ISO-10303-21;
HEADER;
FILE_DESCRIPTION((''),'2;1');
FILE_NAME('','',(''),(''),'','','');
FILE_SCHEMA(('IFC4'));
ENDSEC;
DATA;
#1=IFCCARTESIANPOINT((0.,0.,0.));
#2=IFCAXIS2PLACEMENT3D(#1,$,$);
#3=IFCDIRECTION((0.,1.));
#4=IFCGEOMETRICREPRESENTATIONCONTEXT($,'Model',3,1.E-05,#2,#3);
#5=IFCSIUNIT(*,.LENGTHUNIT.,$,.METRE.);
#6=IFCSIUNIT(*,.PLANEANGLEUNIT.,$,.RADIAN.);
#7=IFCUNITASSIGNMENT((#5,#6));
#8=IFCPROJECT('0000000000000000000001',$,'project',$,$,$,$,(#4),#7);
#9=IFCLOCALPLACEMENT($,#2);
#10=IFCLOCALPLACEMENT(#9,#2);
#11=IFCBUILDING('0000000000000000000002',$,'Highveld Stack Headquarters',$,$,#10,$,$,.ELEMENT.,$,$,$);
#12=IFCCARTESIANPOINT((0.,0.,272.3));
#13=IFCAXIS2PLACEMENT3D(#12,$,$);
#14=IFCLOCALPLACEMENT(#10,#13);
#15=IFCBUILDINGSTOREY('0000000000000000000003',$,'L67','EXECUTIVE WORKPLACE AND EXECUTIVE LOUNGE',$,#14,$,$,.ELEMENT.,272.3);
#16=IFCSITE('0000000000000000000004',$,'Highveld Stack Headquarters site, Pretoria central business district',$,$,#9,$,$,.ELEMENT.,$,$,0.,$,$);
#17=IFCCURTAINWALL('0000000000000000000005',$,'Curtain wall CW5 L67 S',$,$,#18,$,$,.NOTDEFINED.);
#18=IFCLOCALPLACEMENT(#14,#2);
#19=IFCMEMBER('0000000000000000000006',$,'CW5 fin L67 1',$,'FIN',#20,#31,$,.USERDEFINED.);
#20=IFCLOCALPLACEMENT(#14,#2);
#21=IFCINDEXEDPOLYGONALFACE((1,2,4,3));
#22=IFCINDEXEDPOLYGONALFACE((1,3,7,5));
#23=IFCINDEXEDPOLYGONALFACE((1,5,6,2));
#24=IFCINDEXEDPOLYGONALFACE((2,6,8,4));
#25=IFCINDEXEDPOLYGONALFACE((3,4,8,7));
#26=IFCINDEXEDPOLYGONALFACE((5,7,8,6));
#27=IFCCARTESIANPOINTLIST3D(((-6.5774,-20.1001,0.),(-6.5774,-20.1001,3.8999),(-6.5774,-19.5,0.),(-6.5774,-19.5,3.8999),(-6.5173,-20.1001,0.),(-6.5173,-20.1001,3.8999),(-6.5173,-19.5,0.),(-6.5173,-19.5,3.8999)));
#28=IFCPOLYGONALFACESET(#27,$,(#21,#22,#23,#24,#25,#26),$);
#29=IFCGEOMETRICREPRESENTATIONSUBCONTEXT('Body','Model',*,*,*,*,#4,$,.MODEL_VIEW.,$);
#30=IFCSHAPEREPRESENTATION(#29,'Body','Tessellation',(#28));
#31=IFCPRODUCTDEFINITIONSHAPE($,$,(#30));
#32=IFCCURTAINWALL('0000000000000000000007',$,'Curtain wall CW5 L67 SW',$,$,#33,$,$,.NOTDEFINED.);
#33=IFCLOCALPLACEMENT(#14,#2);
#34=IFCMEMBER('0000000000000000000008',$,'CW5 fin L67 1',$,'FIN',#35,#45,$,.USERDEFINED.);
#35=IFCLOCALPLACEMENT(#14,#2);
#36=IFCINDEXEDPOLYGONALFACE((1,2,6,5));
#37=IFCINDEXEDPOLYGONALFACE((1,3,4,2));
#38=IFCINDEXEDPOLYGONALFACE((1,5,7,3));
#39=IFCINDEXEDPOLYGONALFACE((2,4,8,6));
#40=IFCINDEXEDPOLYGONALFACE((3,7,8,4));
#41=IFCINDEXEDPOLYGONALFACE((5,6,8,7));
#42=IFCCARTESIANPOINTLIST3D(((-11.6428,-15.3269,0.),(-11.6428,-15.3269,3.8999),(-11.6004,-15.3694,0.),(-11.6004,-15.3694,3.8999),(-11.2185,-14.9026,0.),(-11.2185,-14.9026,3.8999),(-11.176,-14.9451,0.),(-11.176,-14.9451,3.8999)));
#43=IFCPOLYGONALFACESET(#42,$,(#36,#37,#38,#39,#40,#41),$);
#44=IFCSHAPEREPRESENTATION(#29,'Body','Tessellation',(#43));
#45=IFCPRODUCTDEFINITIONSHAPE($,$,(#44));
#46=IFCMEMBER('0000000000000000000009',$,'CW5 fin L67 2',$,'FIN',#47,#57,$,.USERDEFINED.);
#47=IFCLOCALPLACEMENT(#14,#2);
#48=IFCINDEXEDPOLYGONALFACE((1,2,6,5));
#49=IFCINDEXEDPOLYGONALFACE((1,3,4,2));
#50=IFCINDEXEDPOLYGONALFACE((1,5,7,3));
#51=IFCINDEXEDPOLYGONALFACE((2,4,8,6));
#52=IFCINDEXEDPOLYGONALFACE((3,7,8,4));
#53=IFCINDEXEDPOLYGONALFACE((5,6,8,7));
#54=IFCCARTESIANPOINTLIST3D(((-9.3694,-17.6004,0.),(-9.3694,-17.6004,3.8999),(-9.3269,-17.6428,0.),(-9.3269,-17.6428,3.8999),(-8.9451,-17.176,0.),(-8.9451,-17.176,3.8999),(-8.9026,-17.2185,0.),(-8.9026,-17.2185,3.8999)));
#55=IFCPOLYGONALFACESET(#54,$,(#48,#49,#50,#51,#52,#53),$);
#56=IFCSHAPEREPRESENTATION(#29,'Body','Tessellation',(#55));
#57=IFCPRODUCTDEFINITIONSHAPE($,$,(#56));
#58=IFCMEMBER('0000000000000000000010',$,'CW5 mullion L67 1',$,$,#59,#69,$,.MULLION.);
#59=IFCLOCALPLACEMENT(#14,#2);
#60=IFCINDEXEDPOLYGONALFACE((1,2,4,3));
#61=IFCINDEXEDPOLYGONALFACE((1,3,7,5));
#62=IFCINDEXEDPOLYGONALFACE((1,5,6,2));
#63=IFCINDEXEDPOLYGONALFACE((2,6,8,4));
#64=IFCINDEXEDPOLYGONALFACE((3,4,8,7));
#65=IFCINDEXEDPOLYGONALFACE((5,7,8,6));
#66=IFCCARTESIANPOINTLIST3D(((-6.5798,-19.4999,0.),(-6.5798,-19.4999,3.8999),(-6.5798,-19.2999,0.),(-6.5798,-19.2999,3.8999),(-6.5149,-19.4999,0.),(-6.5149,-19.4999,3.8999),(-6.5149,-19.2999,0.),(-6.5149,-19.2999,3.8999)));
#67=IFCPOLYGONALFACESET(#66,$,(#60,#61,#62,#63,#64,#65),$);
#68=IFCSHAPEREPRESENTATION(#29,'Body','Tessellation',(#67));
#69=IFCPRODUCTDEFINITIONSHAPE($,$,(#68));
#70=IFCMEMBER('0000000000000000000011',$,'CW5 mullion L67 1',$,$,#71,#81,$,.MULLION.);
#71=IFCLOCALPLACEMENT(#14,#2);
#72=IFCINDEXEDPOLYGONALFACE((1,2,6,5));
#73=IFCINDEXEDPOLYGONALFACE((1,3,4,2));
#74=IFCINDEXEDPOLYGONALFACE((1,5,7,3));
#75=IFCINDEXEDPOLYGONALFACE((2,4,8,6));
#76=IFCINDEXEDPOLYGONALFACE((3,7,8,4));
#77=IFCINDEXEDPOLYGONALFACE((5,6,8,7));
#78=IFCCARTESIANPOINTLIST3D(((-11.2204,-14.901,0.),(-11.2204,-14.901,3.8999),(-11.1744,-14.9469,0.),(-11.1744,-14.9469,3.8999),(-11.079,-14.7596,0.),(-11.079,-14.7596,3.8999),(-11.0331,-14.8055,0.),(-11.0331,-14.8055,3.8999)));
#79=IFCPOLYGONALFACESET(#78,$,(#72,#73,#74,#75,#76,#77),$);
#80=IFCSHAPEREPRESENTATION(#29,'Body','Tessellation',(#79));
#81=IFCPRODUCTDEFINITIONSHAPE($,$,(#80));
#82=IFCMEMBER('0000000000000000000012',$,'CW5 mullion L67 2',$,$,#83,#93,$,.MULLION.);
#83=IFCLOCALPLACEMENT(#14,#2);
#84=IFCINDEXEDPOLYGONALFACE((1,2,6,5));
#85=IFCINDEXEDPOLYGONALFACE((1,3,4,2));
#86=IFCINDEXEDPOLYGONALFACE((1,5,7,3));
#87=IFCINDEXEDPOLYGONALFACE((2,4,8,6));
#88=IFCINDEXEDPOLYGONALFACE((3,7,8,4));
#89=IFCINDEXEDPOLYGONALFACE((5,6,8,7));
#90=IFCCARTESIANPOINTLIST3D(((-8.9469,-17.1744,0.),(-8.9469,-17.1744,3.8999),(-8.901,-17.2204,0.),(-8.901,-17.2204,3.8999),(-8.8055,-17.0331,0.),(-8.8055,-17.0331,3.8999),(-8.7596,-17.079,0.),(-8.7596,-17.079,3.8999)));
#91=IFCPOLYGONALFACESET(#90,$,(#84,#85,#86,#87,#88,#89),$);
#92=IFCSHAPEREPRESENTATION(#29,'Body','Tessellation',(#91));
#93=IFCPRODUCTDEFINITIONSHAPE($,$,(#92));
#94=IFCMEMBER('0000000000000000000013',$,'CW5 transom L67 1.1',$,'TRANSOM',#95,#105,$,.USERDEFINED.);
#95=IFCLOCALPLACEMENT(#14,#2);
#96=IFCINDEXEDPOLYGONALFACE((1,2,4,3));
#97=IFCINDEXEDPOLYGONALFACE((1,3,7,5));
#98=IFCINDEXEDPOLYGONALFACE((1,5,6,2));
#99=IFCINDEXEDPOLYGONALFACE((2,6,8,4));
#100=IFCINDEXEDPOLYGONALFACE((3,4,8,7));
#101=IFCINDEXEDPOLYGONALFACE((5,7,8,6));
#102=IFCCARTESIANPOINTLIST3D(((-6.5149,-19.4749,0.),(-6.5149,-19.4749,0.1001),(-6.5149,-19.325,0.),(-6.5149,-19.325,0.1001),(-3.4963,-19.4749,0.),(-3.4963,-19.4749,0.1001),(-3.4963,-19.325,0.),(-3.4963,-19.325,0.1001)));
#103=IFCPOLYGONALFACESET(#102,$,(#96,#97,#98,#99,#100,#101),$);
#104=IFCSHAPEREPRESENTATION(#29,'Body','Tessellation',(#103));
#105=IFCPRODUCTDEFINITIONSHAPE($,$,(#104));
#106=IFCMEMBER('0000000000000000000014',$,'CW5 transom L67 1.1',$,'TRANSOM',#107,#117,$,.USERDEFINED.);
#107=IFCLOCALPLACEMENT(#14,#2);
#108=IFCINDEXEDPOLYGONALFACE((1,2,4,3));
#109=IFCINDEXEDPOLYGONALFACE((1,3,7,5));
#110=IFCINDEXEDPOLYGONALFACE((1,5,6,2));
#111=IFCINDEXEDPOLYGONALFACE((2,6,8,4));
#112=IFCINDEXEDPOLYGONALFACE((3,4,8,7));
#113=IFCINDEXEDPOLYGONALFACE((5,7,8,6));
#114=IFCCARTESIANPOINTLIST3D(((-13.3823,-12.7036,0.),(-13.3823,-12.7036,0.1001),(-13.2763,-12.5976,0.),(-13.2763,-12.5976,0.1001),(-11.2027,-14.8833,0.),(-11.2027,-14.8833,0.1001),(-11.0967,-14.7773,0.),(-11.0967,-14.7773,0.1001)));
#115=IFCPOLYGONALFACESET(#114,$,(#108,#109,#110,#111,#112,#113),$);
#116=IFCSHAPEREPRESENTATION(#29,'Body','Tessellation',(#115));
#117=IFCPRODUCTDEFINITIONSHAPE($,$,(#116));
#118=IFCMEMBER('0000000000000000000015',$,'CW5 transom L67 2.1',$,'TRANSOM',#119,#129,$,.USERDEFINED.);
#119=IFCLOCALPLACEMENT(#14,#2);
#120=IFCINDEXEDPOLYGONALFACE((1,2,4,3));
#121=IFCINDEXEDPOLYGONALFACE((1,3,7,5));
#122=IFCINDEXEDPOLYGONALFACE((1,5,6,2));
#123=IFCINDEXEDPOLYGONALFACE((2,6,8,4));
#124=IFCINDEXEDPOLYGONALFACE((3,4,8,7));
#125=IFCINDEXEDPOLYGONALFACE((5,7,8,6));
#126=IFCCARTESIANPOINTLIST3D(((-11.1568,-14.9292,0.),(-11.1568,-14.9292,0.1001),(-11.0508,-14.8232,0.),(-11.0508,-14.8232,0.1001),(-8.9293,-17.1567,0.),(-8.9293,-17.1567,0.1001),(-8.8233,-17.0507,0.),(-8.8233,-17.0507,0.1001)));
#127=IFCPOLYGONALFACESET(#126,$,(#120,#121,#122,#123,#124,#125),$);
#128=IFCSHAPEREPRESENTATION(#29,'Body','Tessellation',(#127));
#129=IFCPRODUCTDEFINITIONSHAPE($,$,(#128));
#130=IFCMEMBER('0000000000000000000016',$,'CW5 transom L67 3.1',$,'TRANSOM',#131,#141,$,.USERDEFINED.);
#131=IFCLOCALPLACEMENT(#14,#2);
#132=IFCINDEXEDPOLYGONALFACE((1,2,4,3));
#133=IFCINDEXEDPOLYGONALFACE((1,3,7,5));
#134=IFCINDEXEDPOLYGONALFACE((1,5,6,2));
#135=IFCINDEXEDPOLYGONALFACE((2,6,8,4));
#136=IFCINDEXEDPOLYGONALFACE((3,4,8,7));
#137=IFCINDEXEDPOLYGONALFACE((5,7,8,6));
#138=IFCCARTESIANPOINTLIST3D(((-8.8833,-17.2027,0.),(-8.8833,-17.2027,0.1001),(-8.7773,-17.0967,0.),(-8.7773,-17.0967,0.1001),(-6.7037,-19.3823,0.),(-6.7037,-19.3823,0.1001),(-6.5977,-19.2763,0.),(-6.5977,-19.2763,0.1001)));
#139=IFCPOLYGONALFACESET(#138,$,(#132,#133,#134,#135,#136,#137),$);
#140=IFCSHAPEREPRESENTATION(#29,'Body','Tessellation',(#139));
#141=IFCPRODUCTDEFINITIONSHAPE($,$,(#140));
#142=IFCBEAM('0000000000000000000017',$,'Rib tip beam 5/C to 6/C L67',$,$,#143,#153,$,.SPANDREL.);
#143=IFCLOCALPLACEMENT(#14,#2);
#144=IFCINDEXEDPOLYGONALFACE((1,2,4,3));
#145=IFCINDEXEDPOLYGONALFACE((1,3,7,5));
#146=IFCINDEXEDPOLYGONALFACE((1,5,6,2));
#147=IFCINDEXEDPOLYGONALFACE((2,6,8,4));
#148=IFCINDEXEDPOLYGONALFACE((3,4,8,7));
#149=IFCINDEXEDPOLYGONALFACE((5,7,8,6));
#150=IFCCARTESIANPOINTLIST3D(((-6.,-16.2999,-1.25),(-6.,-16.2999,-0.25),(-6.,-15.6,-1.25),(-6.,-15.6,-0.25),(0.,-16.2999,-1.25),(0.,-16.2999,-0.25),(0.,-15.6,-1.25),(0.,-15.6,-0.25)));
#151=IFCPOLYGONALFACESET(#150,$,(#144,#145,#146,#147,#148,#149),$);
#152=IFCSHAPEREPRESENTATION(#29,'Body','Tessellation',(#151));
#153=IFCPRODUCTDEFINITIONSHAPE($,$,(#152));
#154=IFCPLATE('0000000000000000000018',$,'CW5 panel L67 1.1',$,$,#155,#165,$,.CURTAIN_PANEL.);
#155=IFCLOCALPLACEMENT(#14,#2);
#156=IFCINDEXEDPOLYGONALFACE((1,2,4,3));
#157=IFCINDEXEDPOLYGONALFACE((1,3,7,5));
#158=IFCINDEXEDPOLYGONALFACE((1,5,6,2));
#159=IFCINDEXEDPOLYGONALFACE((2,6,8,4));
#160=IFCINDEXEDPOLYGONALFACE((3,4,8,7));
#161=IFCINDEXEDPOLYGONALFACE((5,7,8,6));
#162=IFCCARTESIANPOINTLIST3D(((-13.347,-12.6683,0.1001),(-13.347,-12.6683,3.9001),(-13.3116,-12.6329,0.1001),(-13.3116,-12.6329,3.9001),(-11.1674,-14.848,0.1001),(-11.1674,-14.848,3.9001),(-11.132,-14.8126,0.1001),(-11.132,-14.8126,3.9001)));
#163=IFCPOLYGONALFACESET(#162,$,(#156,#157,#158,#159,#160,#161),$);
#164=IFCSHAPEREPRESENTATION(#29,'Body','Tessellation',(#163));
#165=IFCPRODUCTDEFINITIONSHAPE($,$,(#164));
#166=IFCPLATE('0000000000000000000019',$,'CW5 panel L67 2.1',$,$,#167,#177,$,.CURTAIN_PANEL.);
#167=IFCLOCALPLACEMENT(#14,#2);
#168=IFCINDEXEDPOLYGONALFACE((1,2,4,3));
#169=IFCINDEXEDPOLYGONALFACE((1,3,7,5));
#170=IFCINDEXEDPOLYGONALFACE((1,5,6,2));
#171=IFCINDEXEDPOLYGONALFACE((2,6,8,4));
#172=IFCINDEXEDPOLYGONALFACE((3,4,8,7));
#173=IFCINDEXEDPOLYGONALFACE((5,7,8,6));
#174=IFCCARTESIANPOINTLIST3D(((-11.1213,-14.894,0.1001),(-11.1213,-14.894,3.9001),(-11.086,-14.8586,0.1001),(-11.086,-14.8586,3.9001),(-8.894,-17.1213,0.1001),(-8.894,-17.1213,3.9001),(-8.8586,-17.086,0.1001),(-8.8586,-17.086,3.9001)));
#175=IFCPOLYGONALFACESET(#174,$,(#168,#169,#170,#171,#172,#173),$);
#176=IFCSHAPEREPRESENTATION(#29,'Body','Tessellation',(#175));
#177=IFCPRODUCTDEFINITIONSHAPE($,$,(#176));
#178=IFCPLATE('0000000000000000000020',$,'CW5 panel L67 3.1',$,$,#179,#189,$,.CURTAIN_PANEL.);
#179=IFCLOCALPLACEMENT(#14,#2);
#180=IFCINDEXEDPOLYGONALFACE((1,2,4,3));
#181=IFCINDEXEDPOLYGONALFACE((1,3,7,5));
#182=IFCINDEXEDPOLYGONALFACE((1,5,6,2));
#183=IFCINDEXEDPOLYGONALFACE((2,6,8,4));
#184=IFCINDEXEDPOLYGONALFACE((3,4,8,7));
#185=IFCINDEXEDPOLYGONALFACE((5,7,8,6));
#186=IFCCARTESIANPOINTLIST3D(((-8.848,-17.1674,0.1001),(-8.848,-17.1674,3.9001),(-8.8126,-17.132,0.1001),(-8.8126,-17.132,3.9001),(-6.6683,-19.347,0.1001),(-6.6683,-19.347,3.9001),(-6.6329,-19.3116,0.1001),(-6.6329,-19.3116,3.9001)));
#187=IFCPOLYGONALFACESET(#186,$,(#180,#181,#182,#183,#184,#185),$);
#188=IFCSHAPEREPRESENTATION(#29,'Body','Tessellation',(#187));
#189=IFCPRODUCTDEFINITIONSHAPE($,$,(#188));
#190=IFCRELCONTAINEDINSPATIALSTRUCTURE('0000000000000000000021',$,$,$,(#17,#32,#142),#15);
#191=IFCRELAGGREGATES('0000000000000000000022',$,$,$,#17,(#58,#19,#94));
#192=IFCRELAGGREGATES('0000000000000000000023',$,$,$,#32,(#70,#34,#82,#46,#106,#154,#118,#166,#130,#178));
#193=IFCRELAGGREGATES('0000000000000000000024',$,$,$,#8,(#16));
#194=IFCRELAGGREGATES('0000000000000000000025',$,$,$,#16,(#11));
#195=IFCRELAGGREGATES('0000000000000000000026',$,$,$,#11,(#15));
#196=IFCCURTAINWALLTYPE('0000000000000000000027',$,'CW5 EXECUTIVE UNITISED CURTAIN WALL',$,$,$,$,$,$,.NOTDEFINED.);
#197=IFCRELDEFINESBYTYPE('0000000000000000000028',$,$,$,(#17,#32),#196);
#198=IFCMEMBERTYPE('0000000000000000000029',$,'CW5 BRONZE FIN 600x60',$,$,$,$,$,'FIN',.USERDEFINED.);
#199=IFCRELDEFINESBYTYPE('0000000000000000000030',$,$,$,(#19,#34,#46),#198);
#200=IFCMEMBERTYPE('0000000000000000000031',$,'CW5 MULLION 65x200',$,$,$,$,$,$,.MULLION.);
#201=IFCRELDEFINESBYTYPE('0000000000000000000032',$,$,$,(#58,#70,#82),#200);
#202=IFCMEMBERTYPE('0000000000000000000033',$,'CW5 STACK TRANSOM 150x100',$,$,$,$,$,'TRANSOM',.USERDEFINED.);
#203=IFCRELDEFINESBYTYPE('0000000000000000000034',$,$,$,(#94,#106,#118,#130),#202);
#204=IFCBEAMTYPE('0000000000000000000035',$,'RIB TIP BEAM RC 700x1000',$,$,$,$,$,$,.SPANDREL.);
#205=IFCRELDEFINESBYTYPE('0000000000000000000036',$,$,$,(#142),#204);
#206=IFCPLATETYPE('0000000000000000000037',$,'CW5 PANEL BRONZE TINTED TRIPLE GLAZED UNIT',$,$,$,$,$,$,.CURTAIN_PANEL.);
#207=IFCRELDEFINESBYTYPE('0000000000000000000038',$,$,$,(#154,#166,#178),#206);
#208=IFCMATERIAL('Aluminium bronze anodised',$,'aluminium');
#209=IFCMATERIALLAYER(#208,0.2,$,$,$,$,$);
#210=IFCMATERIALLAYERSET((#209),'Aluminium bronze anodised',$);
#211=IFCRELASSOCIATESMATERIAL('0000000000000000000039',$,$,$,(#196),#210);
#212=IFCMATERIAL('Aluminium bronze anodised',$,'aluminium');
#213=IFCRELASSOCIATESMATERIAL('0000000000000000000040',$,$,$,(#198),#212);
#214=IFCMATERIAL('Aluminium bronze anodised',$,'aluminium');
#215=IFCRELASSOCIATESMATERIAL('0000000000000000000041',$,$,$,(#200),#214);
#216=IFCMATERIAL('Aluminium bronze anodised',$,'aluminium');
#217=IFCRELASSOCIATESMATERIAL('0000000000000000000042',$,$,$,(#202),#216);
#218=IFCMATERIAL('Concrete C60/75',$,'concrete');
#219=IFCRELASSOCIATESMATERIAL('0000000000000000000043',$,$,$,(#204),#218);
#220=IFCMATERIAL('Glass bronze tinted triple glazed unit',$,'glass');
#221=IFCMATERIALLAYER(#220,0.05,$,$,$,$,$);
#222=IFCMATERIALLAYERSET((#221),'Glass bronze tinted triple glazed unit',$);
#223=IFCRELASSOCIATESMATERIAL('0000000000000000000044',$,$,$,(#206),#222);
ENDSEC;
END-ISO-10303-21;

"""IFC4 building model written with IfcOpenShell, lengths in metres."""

from ifc_helpers import new_model, si_unit, direction, frame, origin, origin_2d, place, context, subcontext, project, spatial, rectangle, extrude, material, layer, layer_set, material_profile, profile_set, type_object, element, aggregate, save


model = new_model("IFC4")

# Units and contexts
model_context = context("Model", 3, precision=1e-05, world=origin(), true_north=direction((0.0, 1.0)))
body_context = subcontext(model_context, "Body", "Model", "MODEL_VIEW")
ifc_project = project(units=[si_unit("LENGTHUNIT", "METRE"), si_unit("PLANEANGLEUNIT", "RADIAN")], contexts=[model_context])

# Site, building, storey
site_placement = place(None, origin())
site = spatial("IfcSite", under=ifc_project, at=site_placement, Name="Highveld Stack Headquarters site, Pretoria central business district", CompositionType="ELEMENT", RefElevation=0.0)
building_placement = place(site_placement, origin())
building = spatial("IfcBuilding", under=site, at=building_placement, Name="Highveld Stack Headquarters", CompositionType="ELEMENT")
storey_placement = place(building_placement, frame((0.0, 0.0, 272.3)))
storey = spatial("IfcBuildingStorey", under=building, at=storey_placement, Name="L67", Description="EXECUTIVE WORKPLACE AND EXECUTIVE LOUNGE", CompositionType="ELEMENT", Elevation=272.3)

# Curtain wall, member
ifc_material_1 = material(Name="Aluminium bronze anodised", Category="aluminium")
ifc_layer_1 = layer(ifc_material_1, 0.2)
ifc_layer_set_1 = layer_set([ifc_layer_1], Name="Aluminium bronze anodised")
curtain_wall_type = type_object("IfcCurtainWallType", Name="CW5 EXECUTIVE UNITISED CURTAIN WALL", PredefinedType="NOTDEFINED", material=ifc_layer_set_1)
curtain_wall_1_placement = place(storey_placement, origin())
curtain_wall_1 = element("IfcCurtainWall", 1, at=curtain_wall_1_placement, inside=storey, type_object=curtain_wall_type, Name="Curtain wall CW5 L67 S", PredefinedType="NOTDEFINED")
ifc_material_2 = material(Name="Aluminium bronze anodised", Category="aluminium")
ifc_material_profile_1 = material_profile(ifc_material_2, rectangle(XDim=0.6001, YDim=0.0601, at=origin_2d()), Name="FIN 600x60")
ifc_profile_set_1 = profile_set([ifc_material_profile_1], Name="Aluminium bronze anodised")
member_type_1 = type_object("IfcMemberType", Name="CW5 BRONZE FIN 600x60", ElementType="FIN", PredefinedType="USERDEFINED", material=ifc_profile_set_1)
member_1_placement = place(storey_placement, frame((-6.5474, -19.8, 0.0), z_axis=(0.0, 0.0, 1.0), x_axis=(0.0, 1.0, 0.0)))
member_1 = element("IfcMember", 2, at=member_1_placement, type_object=member_type_1, Name="CW5 fin L67 1", ObjectType="FIN", PredefinedType="USERDEFINED", context=body_context, shape_type="SweptSolid", body=[
    extrude(rectangle(XDim=0.6001, YDim=0.0601, at=origin_2d()), origin(), (0.0, 0.0, 1.0), 3.8999),
])

# Curtain wall, members
curtain_wall_2_placement = place(storey_placement, origin())
curtain_wall_2 = element("IfcCurtainWall", 3, at=curtain_wall_2_placement, inside=storey, type_object=curtain_wall_type, Name="Curtain wall CW5 L67 SW", PredefinedType="NOTDEFINED")
member_2_placement = place(storey_placement, frame((-11.4094, -15.136, 0.0), z_axis=(0.0, 0.0, 1.0), x_axis=(0.707107, 0.707107, 0.0)))
member_2 = element("IfcMember", 4, at=member_2_placement, type_object=member_type_1, Name="CW5 fin L67 1", ObjectType="FIN", PredefinedType="USERDEFINED", context=body_context, shape_type="SweptSolid", body=[
    extrude(rectangle(XDim=0.6001, YDim=0.0601, at=origin_2d()), origin(), (0.0, 0.0, 1.0), 3.8999),
])
member_3_placement = place(storey_placement, frame((-9.136, -17.4094, 0.0), z_axis=(0.0, 0.0, 1.0), x_axis=(0.707107, 0.707107, 0.0)))
member_3 = element("IfcMember", 5, at=member_3_placement, type_object=member_type_1, Name="CW5 fin L67 2", ObjectType="FIN", PredefinedType="USERDEFINED", context=body_context, shape_type="SweptSolid", body=[
    extrude(rectangle(XDim=0.6001, YDim=0.0601, at=origin_2d()), origin(), (0.0, 0.0, 1.0), 3.8999),
])

# Members
ifc_material_3 = material(Name="Aluminium bronze anodised", Category="aluminium")
ifc_material_profile_2 = material_profile(ifc_material_3, rectangle(XDim=0.2, YDim=0.0649, at=origin_2d()), Name="CW5 MULLION 65x200")
ifc_profile_set_2 = profile_set([ifc_material_profile_2], Name="Aluminium bronze anodised")
member_type_2 = type_object("IfcMemberType", Name="CW5 MULLION 65x200", PredefinedType="MULLION", material=ifc_profile_set_2)
member_4_placement = place(storey_placement, frame((-6.5474, -19.3999, 0.0), z_axis=(0.0, 0.0, 1.0), x_axis=(0.0, 1.0, 0.0)))
member_4 = element("IfcMember", 6, at=member_4_placement, type_object=member_type_2, Name="CW5 mullion L67 1", PredefinedType="MULLION", context=body_context, shape_type="SweptSolid", body=[
    extrude(rectangle(XDim=0.2, YDim=0.0649, at=origin_2d()), origin(), (0.0, 0.0, 1.0), 3.8999),
])
member_5_placement = place(storey_placement, frame((-11.1267, -14.8533, 0.0), z_axis=(0.0, 0.0, 1.0), x_axis=(0.707107, 0.707107, 0.0)))
member_5 = element("IfcMember", 7, at=member_5_placement, type_object=member_type_2, Name="CW5 mullion L67 1", PredefinedType="MULLION", context=body_context, shape_type="SweptSolid", body=[
    extrude(rectangle(XDim=0.2, YDim=0.0649, at=origin_2d()), origin(), (0.0, 0.0, 1.0), 3.8999),
])
member_6_placement = place(storey_placement, frame((-8.8533, -17.1267, 0.0), z_axis=(0.0, 0.0, 1.0), x_axis=(0.707107, 0.707107, 0.0)))
member_6 = element("IfcMember", 8, at=member_6_placement, type_object=member_type_2, Name="CW5 mullion L67 2", PredefinedType="MULLION", context=body_context, shape_type="SweptSolid", body=[
    extrude(rectangle(XDim=0.2, YDim=0.0649, at=origin_2d()), origin(), (0.0, 0.0, 1.0), 3.8999),
])
ifc_material_4 = material(Name="Aluminium bronze anodised", Category="aluminium")
ifc_material_profile_3 = material_profile(ifc_material_4, rectangle(XDim=0.1499, YDim=0.1001, at=origin_2d()), Name="CW5 TRANSOM 150x100")
ifc_profile_set_3 = profile_set([ifc_material_profile_3], Name="Aluminium bronze anodised")
member_type_3 = type_object("IfcMemberType", Name="CW5 STACK TRANSOM 150x100", ElementType="TRANSOM", PredefinedType="USERDEFINED", material=ifc_profile_set_3)
member_7_placement = place(storey_placement, frame((-6.5149, -19.3999, 0.05), z_axis=(1.0, 0.0, 0.0), x_axis=(0.0, 1.0, 0.0)))
member_7 = element("IfcMember", 9, at=member_7_placement, type_object=member_type_3, Name="CW5 transom L67 1.1", ObjectType="TRANSOM", PredefinedType="USERDEFINED", context=body_context, shape_type="SweptSolid", body=[
    extrude(rectangle(XDim=0.1499, YDim=0.1001, at=origin_2d()), origin(), (0.0, 0.0, 1.0), 3.0186),
])
aggregate(curtain_wall_1, [member_4, member_1, member_7])
member_8_placement = place(storey_placement, frame((-13.3293, -12.6506, 0.05), z_axis=(0.707107, -0.707107, 0.0), x_axis=(0.707107, 0.707107, 0.0)))
member_8 = element("IfcMember", 10, at=member_8_placement, type_object=member_type_3, Name="CW5 transom L67 1.1", ObjectType="TRANSOM", PredefinedType="USERDEFINED", context=body_context, shape_type="SweptSolid", body=[
    extrude(rectangle(XDim=0.1499, YDim=0.1001, at=origin_2d()), origin(), (0.0, 0.0, 1.0), 3.0825),
])
member_9_placement = place(storey_placement, frame((-11.1038, -14.8762, 0.05), z_axis=(0.707107, -0.707107, 0.0), x_axis=(0.707107, 0.707107, 0.0)))
member_9 = element("IfcMember", 11, at=member_9_placement, type_object=member_type_3, Name="CW5 transom L67 2.1", ObjectType="TRANSOM", PredefinedType="USERDEFINED", context=body_context, shape_type="SweptSolid", body=[
    extrude(rectangle(XDim=0.1499, YDim=0.1001, at=origin_2d()), origin(), (0.0, 0.0, 1.0), 3.1501),
])
member_10_placement = place(storey_placement, frame((-8.8303, -17.1497, 0.05), z_axis=(0.707107, -0.707107, 0.0), x_axis=(0.707107, 0.707107, 0.0)))
member_10 = element("IfcMember", 12, at=member_10_placement, type_object=member_type_3, Name="CW5 transom L67 3.1", ObjectType="TRANSOM", PredefinedType="USERDEFINED", context=body_context, shape_type="SweptSolid", body=[
    extrude(rectangle(XDim=0.1499, YDim=0.1001, at=origin_2d()), origin(), (0.0, 0.0, 1.0), 3.0825),
])

# Beam
ifc_material_5 = material(Name="Concrete C60/75", Category="concrete")
ifc_material_profile_4 = material_profile(ifc_material_5, rectangle(XDim=0.7, YDim=1.0, at=origin_2d()), Name="RC 700x1000")
ifc_profile_set_4 = profile_set([ifc_material_profile_4], Name="Concrete C60/75")
beam_type = type_object("IfcBeamType", Name="RIB TIP BEAM RC 700x1000", PredefinedType="SPANDREL", material=ifc_profile_set_4)
beam_placement = place(storey_placement, frame((-6.0, -15.95, -0.75), z_axis=(1.0, 0.0, 0.0), x_axis=(0.0, 1.0, 0.0)))
element("IfcBeam", 13, at=beam_placement, inside=storey, type_object=beam_type, Name="Rib tip beam 5/C to 6/C L67", PredefinedType="SPANDREL", context=body_context, shape_type="SweptSolid", body=[
    extrude(rectangle(XDim=0.7, YDim=1.0, at=origin_2d()), origin(), (0.0, 0.0, 1.0), 6.0),
])

# Plates
ifc_material_6 = material(Name="Glass bronze tinted triple glazed unit", Category="glass")
ifc_layer_2 = layer(ifc_material_6, 0.05)
ifc_layer_set_2 = layer_set([ifc_layer_2], Name="Glass bronze tinted triple glazed unit")
plate_type = type_object("IfcPlateType", Name="CW5 PANEL BRONZE TINTED TRIPLE GLAZED UNIT", PredefinedType="CURTAIN_PANEL", material=ifc_layer_set_2)
plate_1_placement = place(storey_placement, frame((-12.2395, -13.7405, 0.1001), z_axis=(0.0, 0.0, 1.0), x_axis=(0.707107, -0.707107, 0.0)))
plate_1 = element("IfcPlate", 14, at=plate_1_placement, type_object=plate_type, Name="CW5 panel L67 1.1", PredefinedType="CURTAIN_PANEL", context=body_context, shape_type="SweptSolid", body=[
    extrude(rectangle(XDim=3.0825, YDim=0.05, at=origin_2d()), origin(), (0.0, 0.0, 1.0), 3.8),
])
plate_2_placement = place(storey_placement, frame((-9.99, -15.99, 0.1001), z_axis=(0.0, 0.0, 1.0), x_axis=(0.707107, -0.707107, 0.0)))
plate_2 = element("IfcPlate", 15, at=plate_2_placement, type_object=plate_type, Name="CW5 panel L67 2.1", PredefinedType="CURTAIN_PANEL", context=body_context, shape_type="SweptSolid", body=[
    extrude(rectangle(XDim=3.1499, YDim=0.05, at=origin_2d()), origin(), (0.0, 0.0, 1.0), 3.8),
])
plate_3_placement = place(storey_placement, frame((-7.7405, -18.2395, 0.1001), z_axis=(0.0, 0.0, 1.0), x_axis=(0.707107, -0.707107, 0.0)))
plate_3 = element("IfcPlate", 16, at=plate_3_placement, type_object=plate_type, Name="CW5 panel L67 3.1", PredefinedType="CURTAIN_PANEL", context=body_context, shape_type="SweptSolid", body=[
    extrude(rectangle(XDim=3.0825, YDim=0.05, at=origin_2d()), origin(), (0.0, 0.0, 1.0), 3.8),
])
aggregate(curtain_wall_2, [member_5, member_2, member_6, member_3, member_8, plate_1, member_9, plate_2, member_10, plate_3])

save(model, "model.ifc")
